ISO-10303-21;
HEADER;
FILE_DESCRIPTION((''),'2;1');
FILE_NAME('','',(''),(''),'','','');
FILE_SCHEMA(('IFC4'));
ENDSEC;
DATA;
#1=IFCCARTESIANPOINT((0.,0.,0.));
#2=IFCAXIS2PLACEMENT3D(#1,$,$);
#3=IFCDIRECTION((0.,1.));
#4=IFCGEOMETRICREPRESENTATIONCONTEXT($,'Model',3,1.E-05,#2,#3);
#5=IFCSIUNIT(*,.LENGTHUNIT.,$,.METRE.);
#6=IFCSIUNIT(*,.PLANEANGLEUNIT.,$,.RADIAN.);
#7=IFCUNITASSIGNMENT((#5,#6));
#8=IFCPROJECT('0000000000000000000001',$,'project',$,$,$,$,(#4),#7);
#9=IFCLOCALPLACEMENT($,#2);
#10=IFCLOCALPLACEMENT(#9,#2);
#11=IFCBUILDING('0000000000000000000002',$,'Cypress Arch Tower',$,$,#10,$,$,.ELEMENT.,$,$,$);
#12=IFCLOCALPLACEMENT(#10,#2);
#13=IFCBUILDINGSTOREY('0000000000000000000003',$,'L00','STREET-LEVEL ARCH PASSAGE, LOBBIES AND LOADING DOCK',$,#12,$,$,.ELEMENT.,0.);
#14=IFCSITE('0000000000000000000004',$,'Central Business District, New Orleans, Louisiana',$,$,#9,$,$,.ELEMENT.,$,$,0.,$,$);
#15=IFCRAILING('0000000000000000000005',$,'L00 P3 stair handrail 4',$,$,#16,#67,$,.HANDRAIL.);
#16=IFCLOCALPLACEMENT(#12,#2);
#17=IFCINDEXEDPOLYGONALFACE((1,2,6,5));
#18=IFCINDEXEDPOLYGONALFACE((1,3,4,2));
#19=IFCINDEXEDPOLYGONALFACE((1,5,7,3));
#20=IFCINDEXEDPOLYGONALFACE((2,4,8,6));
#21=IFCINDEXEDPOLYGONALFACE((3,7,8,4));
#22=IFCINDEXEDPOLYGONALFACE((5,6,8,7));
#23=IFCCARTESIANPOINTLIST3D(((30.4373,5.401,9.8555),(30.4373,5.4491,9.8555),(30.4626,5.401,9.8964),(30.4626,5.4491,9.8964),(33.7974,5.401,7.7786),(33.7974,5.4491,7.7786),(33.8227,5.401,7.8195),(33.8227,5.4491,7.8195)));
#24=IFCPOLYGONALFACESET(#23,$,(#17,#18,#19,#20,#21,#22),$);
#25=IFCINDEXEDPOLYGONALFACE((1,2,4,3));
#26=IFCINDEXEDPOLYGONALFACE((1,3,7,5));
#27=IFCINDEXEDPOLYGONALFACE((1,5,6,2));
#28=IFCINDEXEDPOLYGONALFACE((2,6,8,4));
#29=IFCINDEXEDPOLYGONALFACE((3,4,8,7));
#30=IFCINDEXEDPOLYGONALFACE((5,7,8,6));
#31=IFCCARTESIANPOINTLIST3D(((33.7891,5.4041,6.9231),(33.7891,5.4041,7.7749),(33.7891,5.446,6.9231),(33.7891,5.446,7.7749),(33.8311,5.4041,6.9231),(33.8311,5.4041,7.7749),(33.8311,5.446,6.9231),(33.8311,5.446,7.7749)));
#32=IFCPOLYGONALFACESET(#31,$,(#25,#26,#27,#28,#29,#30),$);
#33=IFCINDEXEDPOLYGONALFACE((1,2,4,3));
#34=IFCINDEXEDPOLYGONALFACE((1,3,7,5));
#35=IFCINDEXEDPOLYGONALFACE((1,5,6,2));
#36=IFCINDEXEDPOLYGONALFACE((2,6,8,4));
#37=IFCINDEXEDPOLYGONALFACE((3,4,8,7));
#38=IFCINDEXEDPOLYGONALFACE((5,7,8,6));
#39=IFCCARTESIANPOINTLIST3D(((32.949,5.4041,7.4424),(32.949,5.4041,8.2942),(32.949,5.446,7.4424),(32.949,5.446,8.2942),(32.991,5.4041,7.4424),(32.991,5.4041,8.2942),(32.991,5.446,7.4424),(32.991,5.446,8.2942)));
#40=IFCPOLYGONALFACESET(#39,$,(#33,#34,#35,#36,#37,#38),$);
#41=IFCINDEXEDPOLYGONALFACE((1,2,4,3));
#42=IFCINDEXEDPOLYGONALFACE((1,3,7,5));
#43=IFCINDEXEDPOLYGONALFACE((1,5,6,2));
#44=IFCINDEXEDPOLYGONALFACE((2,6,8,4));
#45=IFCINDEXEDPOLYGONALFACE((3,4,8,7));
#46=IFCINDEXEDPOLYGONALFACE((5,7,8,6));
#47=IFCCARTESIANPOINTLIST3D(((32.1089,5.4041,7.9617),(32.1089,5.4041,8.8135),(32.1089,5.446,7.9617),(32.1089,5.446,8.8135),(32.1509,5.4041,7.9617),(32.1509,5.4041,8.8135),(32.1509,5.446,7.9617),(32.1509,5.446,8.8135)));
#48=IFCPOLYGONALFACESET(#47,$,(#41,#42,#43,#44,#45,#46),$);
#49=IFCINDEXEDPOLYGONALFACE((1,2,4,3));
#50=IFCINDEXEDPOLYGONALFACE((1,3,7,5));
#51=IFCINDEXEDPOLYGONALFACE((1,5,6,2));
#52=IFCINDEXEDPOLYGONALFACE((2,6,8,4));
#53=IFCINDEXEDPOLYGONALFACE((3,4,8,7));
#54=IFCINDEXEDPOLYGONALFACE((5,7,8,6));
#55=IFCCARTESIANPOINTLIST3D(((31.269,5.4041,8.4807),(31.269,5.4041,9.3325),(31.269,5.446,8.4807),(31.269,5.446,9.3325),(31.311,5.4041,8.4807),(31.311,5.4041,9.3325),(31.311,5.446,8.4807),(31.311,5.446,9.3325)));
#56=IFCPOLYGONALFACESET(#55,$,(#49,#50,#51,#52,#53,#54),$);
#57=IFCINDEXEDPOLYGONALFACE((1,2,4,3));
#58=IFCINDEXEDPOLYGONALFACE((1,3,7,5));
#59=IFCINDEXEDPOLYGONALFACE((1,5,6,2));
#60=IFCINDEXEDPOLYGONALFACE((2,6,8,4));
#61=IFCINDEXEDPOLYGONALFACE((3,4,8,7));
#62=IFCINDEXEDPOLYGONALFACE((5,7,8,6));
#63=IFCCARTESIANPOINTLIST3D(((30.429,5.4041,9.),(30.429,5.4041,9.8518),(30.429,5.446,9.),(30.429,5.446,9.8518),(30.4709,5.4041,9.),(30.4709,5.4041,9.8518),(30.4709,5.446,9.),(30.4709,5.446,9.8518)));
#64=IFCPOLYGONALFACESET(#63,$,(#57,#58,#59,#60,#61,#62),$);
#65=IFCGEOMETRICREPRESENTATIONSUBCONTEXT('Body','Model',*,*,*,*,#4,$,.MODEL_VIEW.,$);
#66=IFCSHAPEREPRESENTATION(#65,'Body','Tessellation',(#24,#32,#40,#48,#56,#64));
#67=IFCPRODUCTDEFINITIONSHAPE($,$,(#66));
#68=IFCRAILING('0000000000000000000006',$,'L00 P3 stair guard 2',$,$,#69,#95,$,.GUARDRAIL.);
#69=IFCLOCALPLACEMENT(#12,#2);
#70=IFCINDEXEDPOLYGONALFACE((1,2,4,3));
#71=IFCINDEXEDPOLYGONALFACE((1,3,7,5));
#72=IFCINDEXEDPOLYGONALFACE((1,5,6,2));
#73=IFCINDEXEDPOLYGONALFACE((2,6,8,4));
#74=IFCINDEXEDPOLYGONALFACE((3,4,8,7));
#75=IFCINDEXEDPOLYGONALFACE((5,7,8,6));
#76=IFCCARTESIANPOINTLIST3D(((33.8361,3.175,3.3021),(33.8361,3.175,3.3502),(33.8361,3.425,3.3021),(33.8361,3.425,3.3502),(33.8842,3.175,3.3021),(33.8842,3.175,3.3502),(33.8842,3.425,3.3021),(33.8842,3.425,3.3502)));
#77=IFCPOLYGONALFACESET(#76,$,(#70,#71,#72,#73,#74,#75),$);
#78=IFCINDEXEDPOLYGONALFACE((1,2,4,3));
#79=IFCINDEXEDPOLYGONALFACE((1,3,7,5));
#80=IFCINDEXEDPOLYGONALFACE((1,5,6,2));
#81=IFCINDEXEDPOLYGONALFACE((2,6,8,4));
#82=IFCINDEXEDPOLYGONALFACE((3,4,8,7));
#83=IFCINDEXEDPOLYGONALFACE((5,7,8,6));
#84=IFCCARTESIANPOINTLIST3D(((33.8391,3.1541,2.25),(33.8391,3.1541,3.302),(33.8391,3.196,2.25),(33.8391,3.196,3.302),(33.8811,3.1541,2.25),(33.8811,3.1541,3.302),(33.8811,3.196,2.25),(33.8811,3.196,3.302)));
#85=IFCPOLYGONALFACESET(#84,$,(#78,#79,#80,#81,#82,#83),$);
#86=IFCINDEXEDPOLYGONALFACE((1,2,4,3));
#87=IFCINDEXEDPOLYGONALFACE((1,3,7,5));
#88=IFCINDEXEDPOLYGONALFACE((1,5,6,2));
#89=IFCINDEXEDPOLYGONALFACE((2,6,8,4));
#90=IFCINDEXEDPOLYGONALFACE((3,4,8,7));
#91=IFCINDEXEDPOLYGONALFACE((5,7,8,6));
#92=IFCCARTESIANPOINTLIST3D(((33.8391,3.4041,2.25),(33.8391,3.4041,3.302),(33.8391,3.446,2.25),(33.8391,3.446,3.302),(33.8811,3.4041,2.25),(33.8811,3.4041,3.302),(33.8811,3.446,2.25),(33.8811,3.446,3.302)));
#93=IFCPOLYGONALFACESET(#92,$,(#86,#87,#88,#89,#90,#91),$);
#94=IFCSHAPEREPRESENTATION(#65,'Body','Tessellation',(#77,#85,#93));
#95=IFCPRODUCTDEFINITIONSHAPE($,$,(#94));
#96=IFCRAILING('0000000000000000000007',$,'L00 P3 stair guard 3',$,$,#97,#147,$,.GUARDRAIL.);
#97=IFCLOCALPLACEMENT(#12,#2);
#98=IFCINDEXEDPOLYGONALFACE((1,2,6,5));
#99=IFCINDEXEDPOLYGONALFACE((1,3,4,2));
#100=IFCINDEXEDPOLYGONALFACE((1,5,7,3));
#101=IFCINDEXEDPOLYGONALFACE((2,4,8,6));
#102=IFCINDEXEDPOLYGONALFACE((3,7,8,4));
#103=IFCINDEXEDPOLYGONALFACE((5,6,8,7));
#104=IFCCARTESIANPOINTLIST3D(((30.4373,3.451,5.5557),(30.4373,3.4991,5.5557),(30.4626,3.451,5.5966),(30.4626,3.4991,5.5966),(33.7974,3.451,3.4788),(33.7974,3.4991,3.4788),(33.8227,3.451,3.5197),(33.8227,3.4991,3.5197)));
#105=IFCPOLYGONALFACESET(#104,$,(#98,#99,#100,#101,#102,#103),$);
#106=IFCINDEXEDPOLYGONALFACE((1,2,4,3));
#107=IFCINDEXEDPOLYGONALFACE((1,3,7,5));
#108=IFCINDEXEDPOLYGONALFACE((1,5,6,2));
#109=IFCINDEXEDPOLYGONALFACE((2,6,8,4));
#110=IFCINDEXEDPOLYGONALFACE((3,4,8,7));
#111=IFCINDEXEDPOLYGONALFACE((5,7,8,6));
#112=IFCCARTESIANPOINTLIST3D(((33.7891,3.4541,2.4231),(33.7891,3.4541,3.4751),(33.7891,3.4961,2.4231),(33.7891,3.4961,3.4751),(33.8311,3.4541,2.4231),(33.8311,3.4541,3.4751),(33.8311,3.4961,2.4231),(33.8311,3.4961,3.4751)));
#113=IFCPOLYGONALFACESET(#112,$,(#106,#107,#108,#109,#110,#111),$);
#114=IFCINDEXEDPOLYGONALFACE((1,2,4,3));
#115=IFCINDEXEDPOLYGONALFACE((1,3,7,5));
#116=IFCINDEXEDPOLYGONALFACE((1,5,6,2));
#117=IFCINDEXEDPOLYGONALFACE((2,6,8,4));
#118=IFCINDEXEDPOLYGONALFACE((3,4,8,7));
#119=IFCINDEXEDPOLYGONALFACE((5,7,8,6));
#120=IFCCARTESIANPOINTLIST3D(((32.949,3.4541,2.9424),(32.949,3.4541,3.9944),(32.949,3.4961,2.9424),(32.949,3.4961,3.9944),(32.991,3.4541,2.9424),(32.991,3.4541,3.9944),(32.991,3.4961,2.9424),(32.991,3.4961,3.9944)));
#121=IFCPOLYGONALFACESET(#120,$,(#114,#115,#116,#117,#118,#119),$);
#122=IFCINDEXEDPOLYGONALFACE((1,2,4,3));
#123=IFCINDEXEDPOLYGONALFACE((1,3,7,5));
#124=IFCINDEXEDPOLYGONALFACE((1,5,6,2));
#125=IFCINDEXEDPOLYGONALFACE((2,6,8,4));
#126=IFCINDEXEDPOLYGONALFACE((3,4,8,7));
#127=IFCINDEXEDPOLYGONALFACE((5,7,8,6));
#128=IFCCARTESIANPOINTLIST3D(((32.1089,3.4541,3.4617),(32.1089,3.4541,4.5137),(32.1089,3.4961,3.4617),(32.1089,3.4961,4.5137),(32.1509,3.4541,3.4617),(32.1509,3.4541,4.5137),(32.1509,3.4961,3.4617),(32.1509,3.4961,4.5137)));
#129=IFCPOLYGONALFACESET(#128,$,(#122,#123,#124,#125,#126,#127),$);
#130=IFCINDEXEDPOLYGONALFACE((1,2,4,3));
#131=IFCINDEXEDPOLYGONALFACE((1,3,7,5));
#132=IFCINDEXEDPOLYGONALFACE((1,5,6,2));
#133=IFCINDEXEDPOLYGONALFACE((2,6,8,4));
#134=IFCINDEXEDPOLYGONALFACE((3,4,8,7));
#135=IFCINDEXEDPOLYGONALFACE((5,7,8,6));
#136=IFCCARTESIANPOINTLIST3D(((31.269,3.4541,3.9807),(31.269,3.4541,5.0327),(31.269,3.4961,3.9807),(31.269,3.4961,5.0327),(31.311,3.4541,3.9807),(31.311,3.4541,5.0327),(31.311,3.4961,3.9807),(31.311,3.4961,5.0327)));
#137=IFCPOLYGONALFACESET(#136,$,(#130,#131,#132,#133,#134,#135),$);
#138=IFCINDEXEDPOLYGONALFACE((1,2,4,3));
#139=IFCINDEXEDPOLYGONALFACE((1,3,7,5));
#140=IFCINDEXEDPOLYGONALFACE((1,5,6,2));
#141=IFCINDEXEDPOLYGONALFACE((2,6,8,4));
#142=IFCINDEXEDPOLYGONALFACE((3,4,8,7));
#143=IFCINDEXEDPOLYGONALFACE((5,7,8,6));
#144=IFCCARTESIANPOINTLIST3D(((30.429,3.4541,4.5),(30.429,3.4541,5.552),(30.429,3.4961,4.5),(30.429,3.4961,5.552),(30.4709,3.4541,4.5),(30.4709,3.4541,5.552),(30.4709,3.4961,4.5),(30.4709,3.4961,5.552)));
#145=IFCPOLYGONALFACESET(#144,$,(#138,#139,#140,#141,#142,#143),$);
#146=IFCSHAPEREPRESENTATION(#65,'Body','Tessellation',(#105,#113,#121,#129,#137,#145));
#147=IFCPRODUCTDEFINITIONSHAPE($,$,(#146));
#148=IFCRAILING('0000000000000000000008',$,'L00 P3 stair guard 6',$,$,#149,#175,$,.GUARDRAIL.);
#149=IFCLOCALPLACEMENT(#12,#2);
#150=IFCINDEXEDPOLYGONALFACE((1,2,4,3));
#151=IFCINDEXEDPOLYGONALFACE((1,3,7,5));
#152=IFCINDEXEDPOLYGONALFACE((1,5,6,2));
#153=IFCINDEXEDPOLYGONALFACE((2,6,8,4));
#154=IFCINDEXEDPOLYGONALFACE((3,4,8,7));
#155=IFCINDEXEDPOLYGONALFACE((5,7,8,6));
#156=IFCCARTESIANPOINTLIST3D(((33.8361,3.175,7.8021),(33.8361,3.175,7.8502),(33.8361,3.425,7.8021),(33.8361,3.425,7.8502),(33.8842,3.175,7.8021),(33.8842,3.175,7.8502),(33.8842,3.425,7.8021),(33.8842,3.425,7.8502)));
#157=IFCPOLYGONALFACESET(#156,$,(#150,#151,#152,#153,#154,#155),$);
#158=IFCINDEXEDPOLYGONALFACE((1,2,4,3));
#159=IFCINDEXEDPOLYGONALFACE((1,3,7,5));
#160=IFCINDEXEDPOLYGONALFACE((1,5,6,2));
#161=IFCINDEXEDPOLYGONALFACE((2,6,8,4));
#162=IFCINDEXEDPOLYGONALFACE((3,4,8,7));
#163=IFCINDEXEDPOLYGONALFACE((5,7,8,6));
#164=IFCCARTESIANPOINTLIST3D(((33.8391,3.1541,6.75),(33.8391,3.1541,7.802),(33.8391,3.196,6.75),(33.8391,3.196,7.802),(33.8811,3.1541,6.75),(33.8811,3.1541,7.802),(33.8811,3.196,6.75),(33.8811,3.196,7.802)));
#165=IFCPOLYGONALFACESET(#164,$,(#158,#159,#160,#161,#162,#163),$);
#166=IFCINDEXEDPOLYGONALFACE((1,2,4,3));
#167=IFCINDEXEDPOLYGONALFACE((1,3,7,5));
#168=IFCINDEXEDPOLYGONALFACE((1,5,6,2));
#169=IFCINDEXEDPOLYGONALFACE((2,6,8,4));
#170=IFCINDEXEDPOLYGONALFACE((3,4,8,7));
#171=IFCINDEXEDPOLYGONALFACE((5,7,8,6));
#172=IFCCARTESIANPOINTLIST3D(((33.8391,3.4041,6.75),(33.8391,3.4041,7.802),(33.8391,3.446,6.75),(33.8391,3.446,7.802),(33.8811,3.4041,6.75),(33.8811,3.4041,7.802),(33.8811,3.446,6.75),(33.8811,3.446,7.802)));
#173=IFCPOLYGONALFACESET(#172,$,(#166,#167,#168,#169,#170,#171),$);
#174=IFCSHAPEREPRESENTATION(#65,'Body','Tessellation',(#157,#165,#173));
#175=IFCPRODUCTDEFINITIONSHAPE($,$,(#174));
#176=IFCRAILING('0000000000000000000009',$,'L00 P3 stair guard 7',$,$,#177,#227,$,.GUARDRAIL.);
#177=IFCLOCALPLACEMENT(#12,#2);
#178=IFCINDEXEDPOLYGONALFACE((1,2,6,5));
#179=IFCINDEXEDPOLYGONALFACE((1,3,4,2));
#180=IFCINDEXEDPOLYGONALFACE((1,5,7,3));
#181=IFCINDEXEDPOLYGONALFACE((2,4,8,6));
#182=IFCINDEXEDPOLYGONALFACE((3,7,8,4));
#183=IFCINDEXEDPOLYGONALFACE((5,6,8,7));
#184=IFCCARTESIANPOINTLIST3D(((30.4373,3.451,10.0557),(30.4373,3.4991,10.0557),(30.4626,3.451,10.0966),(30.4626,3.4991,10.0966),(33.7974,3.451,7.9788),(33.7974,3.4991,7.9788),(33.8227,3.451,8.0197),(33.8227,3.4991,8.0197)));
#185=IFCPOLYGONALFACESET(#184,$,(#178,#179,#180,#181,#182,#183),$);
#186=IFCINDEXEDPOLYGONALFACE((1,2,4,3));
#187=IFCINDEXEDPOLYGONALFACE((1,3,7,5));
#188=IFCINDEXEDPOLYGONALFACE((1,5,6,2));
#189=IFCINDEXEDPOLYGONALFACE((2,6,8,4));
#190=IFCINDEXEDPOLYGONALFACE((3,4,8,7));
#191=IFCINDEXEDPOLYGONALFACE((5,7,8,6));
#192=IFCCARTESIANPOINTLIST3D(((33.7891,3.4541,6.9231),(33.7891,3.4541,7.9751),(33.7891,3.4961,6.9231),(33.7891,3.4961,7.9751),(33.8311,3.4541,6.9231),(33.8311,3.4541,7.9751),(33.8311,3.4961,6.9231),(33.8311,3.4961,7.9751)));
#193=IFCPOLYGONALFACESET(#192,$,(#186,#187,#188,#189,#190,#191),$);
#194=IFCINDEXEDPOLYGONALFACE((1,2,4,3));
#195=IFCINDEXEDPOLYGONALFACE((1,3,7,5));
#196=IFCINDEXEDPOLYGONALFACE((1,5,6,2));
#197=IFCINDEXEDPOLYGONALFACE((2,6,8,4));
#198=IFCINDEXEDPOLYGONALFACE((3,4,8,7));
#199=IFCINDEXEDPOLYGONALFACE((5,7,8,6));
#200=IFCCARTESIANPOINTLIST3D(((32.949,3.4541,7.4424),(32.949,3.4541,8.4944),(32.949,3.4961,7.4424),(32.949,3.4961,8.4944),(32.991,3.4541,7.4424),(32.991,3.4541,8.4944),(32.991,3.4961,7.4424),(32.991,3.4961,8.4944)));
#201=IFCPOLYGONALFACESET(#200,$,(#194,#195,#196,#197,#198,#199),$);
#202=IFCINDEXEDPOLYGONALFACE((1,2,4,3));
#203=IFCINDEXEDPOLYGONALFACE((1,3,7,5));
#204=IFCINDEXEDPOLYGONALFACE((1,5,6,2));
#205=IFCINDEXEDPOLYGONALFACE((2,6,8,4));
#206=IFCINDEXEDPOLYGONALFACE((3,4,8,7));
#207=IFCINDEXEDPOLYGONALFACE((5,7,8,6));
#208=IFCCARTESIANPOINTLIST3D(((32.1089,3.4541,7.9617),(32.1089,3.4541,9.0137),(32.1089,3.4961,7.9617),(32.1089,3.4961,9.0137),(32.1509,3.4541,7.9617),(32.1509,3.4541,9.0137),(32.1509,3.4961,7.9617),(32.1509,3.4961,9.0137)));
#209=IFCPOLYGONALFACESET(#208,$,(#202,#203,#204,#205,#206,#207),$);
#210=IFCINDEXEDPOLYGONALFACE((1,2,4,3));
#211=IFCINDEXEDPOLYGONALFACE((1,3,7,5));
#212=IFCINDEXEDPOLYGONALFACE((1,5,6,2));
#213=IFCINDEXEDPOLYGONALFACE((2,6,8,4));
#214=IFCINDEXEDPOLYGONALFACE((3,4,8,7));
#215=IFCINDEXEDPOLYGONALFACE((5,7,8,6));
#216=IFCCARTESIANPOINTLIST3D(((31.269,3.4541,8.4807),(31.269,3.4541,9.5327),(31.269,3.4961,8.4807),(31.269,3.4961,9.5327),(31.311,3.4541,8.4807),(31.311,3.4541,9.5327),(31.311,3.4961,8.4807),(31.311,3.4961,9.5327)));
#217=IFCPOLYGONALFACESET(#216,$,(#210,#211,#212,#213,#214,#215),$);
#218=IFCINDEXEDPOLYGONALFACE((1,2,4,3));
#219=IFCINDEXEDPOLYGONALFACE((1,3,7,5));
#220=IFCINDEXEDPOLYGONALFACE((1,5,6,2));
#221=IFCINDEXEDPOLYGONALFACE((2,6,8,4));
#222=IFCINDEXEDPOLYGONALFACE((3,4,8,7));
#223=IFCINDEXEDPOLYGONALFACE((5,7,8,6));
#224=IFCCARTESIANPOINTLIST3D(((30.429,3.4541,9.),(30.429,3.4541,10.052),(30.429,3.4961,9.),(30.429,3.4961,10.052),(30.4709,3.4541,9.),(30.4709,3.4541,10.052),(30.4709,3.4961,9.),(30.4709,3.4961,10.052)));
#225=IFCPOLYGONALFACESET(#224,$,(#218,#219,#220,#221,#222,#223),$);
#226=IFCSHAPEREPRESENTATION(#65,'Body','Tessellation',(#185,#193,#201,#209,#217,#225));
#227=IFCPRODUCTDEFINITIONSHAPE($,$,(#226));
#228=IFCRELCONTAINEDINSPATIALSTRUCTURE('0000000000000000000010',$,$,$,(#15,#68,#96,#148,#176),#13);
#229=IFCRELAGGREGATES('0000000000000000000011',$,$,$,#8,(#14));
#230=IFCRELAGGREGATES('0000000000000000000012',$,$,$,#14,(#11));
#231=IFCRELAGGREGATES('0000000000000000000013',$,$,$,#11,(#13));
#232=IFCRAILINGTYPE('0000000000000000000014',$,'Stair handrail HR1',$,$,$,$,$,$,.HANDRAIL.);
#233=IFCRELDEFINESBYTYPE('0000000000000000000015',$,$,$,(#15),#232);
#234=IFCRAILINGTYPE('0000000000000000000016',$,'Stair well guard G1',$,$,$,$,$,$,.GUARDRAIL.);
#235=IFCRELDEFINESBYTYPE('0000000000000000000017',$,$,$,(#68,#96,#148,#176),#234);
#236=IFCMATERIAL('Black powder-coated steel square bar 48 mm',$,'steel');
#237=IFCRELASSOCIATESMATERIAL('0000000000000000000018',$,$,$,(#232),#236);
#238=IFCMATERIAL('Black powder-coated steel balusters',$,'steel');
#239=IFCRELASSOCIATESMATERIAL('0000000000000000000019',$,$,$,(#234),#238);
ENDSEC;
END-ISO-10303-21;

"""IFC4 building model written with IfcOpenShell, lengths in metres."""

from ifc_helpers import new_model, si_unit, direction, frame, origin, origin_2d, place, context, subcontext, project, spatial, rectangle, extrude, material, type_object, element, save


model = new_model("IFC4")

# Units and contexts
model_context = context("Model", 3, precision=1e-05, world=origin(), true_north=direction((0.0, 1.0)))
body_context = subcontext(model_context, "Body", "Model", "MODEL_VIEW")
ifc_project = project(units=[si_unit("LENGTHUNIT", "METRE"), si_unit("PLANEANGLEUNIT", "RADIAN")], contexts=[model_context])

# Site, building, storey
site_placement = place(None, origin())
site = spatial("IfcSite", under=ifc_project, at=site_placement, Name="Central Business District, New Orleans, Louisiana", CompositionType="ELEMENT", RefElevation=0.0)
building_placement = place(site_placement, origin())
building = spatial("IfcBuilding", under=site, at=building_placement, Name="Cypress Arch Tower", CompositionType="ELEMENT")
storey_placement = place(building_placement, origin())
storey = spatial("IfcBuildingStorey", under=building, at=storey_placement, Name="L00", Description="STREET-LEVEL ARCH PASSAGE, LOBBIES AND LOADING DOCK", CompositionType="ELEMENT", Elevation=0.0)

# Railings
ifc_material_1 = material(Name="Black powder-coated steel square bar 48 mm", Category="steel")
railing_type_1 = type_object("IfcRailingType", Name="Stair handrail HR1", PredefinedType="HANDRAIL", material=ifc_material_1)
for number, where, name in (
    (1, (33.8101, 5.425, 6.9231), "L00 P3 stair handrail 4"),
):
    element("IfcRailing", number, at=place(storey_placement, frame(where)), inside=storey, type_object=railing_type_1, Name=name, PredefinedType="HANDRAIL", context=body_context, shape_type="SweptSolid", body=[
        extrude(rectangle(XDim=0.0481, YDim=0.0481, at=origin_2d()), frame((0.0, 0.0, 0.876), z_axis=(-0.850623, 0.0, 0.525776), x_axis=(0.0, -1.0, 0.0)), (0.0, 0.0, 1.0), 3.9502),
        extrude(rectangle(XDim=0.042, YDim=0.042, at=origin_2d()), origin(), (0.0, 0.0, 1.0), 0.8518),
        extrude(rectangle(XDim=0.042, YDim=0.042, at=origin_2d()), frame((-0.8401, 0.0, 0.5193)), (0.0, 0.0, 1.0), 0.8518),
        extrude(rectangle(XDim=0.042, YDim=0.042, at=origin_2d()), frame((-1.6802, 0.0, 1.0386)), (0.0, 0.0, 1.0), 0.8518),
        extrude(rectangle(XDim=0.042, YDim=0.042, at=origin_2d()), frame((-2.52, 0.0, 1.5576)), (0.0, 0.0, 1.0), 0.8518),
        extrude(rectangle(XDim=0.042, YDim=0.042, at=origin_2d()), frame((-3.3601, 0.0, 2.0769)), (0.0, 0.0, 1.0), 0.8518),
    ])
ifc_material_2 = material(Name="Black powder-coated steel balusters", Category="steel")
railing_type_2 = type_object("IfcRailingType", Name="Stair well guard G1", PredefinedType="GUARDRAIL", material=ifc_material_2)
railing_1_placement = place(storey_placement, frame((33.8601, 3.175, 2.25)))
element("IfcRailing", 2, at=railing_1_placement, inside=storey, type_object=railing_type_2, Name="L00 P3 stair guard 2", PredefinedType="GUARDRAIL", context=body_context, shape_type="SweptSolid", body=[
    extrude(rectangle(XDim=0.0481, YDim=0.0481, at=origin_2d()), frame((0.0, 0.0, 1.0762), z_axis=(0.0, 1.0, 0.0), x_axis=(-1.0, 0.0, 0.0)), (0.0, 0.0, 1.0), 0.25),
    extrude(rectangle(XDim=0.042, YDim=0.042, at=origin_2d()), origin(), (0.0, 0.0, 1.0), 1.052),
    extrude(rectangle(XDim=0.042, YDim=0.042, at=origin_2d()), frame((0.0, 0.25, 0.0)), (0.0, 0.0, 1.0), 1.052),
])
railing_2_placement = place(storey_placement, frame((33.8101, 3.4751, 2.4231)))
element("IfcRailing", 3, at=railing_2_placement, inside=storey, type_object=railing_type_2, Name="L00 P3 stair guard 3", PredefinedType="GUARDRAIL", context=body_context, shape_type="SweptSolid", body=[
    extrude(rectangle(XDim=0.0481, YDim=0.0481, at=origin_2d()), frame((0.0, 0.0, 1.0762), z_axis=(-0.850623, 0.0, 0.525776), x_axis=(0.0, -1.0, 0.0)), (0.0, 0.0, 1.0), 3.9502),
    extrude(rectangle(XDim=0.042, YDim=0.042, at=origin_2d()), origin(), (0.0, 0.0, 1.0), 1.052),
    extrude(rectangle(XDim=0.042, YDim=0.042, at=origin_2d()), frame((-0.8401, 0.0, 0.5193)), (0.0, 0.0, 1.0), 1.052),
    extrude(rectangle(XDim=0.042, YDim=0.042, at=origin_2d()), frame((-1.6802, 0.0, 1.0386)), (0.0, 0.0, 1.0), 1.052),
    extrude(rectangle(XDim=0.042, YDim=0.042, at=origin_2d()), frame((-2.52, 0.0, 1.5576)), (0.0, 0.0, 1.0), 1.052),
    extrude(rectangle(XDim=0.042, YDim=0.042, at=origin_2d()), frame((-3.3601, 0.0, 2.0769)), (0.0, 0.0, 1.0), 1.052),
])
railing_3_placement = place(storey_placement, frame((33.8601, 3.175, 6.75)))
element("IfcRailing", 4, at=railing_3_placement, inside=storey, type_object=railing_type_2, Name="L00 P3 stair guard 6", PredefinedType="GUARDRAIL", context=body_context, shape_type="SweptSolid", body=[
    extrude(rectangle(XDim=0.0481, YDim=0.0481, at=origin_2d()), frame((0.0, 0.0, 1.0762), z_axis=(0.0, 1.0, 0.0), x_axis=(-1.0, 0.0, 0.0)), (0.0, 0.0, 1.0), 0.25),
    extrude(rectangle(XDim=0.042, YDim=0.042, at=origin_2d()), origin(), (0.0, 0.0, 1.0), 1.052),
    extrude(rectangle(XDim=0.042, YDim=0.042, at=origin_2d()), frame((0.0, 0.25, 0.0)), (0.0, 0.0, 1.0), 1.052),
])
railing_4_placement = place(storey_placement, frame((33.8101, 3.4751, 6.9231)))
element("IfcRailing", 5, at=railing_4_placement, inside=storey, type_object=railing_type_2, Name="L00 P3 stair guard 7", PredefinedType="GUARDRAIL", context=body_context, shape_type="SweptSolid", body=[
    extrude(rectangle(XDim=0.0481, YDim=0.0481, at=origin_2d()), frame((0.0, 0.0, 1.0762), z_axis=(-0.850623, 0.0, 0.525776), x_axis=(0.0, -1.0, 0.0)), (0.0, 0.0, 1.0), 3.9502),
    extrude(rectangle(XDim=0.042, YDim=0.042, at=origin_2d()), origin(), (0.0, 0.0, 1.0), 1.052),
    extrude(rectangle(XDim=0.042, YDim=0.042, at=origin_2d()), frame((-0.8401, 0.0, 0.5193)), (0.0, 0.0, 1.0), 1.052),
    extrude(rectangle(XDim=0.042, YDim=0.042, at=origin_2d()), frame((-1.6802, 0.0, 1.0386)), (0.0, 0.0, 1.0), 1.052),
    extrude(rectangle(XDim=0.042, YDim=0.042, at=origin_2d()), frame((-2.52, 0.0, 1.5576)), (0.0, 0.0, 1.0), 1.052),
    extrude(rectangle(XDim=0.042, YDim=0.042, at=origin_2d()), frame((-3.3601, 0.0, 2.0769)), (0.0, 0.0, 1.0), 1.052),
])

save(model, "model.ifc")
